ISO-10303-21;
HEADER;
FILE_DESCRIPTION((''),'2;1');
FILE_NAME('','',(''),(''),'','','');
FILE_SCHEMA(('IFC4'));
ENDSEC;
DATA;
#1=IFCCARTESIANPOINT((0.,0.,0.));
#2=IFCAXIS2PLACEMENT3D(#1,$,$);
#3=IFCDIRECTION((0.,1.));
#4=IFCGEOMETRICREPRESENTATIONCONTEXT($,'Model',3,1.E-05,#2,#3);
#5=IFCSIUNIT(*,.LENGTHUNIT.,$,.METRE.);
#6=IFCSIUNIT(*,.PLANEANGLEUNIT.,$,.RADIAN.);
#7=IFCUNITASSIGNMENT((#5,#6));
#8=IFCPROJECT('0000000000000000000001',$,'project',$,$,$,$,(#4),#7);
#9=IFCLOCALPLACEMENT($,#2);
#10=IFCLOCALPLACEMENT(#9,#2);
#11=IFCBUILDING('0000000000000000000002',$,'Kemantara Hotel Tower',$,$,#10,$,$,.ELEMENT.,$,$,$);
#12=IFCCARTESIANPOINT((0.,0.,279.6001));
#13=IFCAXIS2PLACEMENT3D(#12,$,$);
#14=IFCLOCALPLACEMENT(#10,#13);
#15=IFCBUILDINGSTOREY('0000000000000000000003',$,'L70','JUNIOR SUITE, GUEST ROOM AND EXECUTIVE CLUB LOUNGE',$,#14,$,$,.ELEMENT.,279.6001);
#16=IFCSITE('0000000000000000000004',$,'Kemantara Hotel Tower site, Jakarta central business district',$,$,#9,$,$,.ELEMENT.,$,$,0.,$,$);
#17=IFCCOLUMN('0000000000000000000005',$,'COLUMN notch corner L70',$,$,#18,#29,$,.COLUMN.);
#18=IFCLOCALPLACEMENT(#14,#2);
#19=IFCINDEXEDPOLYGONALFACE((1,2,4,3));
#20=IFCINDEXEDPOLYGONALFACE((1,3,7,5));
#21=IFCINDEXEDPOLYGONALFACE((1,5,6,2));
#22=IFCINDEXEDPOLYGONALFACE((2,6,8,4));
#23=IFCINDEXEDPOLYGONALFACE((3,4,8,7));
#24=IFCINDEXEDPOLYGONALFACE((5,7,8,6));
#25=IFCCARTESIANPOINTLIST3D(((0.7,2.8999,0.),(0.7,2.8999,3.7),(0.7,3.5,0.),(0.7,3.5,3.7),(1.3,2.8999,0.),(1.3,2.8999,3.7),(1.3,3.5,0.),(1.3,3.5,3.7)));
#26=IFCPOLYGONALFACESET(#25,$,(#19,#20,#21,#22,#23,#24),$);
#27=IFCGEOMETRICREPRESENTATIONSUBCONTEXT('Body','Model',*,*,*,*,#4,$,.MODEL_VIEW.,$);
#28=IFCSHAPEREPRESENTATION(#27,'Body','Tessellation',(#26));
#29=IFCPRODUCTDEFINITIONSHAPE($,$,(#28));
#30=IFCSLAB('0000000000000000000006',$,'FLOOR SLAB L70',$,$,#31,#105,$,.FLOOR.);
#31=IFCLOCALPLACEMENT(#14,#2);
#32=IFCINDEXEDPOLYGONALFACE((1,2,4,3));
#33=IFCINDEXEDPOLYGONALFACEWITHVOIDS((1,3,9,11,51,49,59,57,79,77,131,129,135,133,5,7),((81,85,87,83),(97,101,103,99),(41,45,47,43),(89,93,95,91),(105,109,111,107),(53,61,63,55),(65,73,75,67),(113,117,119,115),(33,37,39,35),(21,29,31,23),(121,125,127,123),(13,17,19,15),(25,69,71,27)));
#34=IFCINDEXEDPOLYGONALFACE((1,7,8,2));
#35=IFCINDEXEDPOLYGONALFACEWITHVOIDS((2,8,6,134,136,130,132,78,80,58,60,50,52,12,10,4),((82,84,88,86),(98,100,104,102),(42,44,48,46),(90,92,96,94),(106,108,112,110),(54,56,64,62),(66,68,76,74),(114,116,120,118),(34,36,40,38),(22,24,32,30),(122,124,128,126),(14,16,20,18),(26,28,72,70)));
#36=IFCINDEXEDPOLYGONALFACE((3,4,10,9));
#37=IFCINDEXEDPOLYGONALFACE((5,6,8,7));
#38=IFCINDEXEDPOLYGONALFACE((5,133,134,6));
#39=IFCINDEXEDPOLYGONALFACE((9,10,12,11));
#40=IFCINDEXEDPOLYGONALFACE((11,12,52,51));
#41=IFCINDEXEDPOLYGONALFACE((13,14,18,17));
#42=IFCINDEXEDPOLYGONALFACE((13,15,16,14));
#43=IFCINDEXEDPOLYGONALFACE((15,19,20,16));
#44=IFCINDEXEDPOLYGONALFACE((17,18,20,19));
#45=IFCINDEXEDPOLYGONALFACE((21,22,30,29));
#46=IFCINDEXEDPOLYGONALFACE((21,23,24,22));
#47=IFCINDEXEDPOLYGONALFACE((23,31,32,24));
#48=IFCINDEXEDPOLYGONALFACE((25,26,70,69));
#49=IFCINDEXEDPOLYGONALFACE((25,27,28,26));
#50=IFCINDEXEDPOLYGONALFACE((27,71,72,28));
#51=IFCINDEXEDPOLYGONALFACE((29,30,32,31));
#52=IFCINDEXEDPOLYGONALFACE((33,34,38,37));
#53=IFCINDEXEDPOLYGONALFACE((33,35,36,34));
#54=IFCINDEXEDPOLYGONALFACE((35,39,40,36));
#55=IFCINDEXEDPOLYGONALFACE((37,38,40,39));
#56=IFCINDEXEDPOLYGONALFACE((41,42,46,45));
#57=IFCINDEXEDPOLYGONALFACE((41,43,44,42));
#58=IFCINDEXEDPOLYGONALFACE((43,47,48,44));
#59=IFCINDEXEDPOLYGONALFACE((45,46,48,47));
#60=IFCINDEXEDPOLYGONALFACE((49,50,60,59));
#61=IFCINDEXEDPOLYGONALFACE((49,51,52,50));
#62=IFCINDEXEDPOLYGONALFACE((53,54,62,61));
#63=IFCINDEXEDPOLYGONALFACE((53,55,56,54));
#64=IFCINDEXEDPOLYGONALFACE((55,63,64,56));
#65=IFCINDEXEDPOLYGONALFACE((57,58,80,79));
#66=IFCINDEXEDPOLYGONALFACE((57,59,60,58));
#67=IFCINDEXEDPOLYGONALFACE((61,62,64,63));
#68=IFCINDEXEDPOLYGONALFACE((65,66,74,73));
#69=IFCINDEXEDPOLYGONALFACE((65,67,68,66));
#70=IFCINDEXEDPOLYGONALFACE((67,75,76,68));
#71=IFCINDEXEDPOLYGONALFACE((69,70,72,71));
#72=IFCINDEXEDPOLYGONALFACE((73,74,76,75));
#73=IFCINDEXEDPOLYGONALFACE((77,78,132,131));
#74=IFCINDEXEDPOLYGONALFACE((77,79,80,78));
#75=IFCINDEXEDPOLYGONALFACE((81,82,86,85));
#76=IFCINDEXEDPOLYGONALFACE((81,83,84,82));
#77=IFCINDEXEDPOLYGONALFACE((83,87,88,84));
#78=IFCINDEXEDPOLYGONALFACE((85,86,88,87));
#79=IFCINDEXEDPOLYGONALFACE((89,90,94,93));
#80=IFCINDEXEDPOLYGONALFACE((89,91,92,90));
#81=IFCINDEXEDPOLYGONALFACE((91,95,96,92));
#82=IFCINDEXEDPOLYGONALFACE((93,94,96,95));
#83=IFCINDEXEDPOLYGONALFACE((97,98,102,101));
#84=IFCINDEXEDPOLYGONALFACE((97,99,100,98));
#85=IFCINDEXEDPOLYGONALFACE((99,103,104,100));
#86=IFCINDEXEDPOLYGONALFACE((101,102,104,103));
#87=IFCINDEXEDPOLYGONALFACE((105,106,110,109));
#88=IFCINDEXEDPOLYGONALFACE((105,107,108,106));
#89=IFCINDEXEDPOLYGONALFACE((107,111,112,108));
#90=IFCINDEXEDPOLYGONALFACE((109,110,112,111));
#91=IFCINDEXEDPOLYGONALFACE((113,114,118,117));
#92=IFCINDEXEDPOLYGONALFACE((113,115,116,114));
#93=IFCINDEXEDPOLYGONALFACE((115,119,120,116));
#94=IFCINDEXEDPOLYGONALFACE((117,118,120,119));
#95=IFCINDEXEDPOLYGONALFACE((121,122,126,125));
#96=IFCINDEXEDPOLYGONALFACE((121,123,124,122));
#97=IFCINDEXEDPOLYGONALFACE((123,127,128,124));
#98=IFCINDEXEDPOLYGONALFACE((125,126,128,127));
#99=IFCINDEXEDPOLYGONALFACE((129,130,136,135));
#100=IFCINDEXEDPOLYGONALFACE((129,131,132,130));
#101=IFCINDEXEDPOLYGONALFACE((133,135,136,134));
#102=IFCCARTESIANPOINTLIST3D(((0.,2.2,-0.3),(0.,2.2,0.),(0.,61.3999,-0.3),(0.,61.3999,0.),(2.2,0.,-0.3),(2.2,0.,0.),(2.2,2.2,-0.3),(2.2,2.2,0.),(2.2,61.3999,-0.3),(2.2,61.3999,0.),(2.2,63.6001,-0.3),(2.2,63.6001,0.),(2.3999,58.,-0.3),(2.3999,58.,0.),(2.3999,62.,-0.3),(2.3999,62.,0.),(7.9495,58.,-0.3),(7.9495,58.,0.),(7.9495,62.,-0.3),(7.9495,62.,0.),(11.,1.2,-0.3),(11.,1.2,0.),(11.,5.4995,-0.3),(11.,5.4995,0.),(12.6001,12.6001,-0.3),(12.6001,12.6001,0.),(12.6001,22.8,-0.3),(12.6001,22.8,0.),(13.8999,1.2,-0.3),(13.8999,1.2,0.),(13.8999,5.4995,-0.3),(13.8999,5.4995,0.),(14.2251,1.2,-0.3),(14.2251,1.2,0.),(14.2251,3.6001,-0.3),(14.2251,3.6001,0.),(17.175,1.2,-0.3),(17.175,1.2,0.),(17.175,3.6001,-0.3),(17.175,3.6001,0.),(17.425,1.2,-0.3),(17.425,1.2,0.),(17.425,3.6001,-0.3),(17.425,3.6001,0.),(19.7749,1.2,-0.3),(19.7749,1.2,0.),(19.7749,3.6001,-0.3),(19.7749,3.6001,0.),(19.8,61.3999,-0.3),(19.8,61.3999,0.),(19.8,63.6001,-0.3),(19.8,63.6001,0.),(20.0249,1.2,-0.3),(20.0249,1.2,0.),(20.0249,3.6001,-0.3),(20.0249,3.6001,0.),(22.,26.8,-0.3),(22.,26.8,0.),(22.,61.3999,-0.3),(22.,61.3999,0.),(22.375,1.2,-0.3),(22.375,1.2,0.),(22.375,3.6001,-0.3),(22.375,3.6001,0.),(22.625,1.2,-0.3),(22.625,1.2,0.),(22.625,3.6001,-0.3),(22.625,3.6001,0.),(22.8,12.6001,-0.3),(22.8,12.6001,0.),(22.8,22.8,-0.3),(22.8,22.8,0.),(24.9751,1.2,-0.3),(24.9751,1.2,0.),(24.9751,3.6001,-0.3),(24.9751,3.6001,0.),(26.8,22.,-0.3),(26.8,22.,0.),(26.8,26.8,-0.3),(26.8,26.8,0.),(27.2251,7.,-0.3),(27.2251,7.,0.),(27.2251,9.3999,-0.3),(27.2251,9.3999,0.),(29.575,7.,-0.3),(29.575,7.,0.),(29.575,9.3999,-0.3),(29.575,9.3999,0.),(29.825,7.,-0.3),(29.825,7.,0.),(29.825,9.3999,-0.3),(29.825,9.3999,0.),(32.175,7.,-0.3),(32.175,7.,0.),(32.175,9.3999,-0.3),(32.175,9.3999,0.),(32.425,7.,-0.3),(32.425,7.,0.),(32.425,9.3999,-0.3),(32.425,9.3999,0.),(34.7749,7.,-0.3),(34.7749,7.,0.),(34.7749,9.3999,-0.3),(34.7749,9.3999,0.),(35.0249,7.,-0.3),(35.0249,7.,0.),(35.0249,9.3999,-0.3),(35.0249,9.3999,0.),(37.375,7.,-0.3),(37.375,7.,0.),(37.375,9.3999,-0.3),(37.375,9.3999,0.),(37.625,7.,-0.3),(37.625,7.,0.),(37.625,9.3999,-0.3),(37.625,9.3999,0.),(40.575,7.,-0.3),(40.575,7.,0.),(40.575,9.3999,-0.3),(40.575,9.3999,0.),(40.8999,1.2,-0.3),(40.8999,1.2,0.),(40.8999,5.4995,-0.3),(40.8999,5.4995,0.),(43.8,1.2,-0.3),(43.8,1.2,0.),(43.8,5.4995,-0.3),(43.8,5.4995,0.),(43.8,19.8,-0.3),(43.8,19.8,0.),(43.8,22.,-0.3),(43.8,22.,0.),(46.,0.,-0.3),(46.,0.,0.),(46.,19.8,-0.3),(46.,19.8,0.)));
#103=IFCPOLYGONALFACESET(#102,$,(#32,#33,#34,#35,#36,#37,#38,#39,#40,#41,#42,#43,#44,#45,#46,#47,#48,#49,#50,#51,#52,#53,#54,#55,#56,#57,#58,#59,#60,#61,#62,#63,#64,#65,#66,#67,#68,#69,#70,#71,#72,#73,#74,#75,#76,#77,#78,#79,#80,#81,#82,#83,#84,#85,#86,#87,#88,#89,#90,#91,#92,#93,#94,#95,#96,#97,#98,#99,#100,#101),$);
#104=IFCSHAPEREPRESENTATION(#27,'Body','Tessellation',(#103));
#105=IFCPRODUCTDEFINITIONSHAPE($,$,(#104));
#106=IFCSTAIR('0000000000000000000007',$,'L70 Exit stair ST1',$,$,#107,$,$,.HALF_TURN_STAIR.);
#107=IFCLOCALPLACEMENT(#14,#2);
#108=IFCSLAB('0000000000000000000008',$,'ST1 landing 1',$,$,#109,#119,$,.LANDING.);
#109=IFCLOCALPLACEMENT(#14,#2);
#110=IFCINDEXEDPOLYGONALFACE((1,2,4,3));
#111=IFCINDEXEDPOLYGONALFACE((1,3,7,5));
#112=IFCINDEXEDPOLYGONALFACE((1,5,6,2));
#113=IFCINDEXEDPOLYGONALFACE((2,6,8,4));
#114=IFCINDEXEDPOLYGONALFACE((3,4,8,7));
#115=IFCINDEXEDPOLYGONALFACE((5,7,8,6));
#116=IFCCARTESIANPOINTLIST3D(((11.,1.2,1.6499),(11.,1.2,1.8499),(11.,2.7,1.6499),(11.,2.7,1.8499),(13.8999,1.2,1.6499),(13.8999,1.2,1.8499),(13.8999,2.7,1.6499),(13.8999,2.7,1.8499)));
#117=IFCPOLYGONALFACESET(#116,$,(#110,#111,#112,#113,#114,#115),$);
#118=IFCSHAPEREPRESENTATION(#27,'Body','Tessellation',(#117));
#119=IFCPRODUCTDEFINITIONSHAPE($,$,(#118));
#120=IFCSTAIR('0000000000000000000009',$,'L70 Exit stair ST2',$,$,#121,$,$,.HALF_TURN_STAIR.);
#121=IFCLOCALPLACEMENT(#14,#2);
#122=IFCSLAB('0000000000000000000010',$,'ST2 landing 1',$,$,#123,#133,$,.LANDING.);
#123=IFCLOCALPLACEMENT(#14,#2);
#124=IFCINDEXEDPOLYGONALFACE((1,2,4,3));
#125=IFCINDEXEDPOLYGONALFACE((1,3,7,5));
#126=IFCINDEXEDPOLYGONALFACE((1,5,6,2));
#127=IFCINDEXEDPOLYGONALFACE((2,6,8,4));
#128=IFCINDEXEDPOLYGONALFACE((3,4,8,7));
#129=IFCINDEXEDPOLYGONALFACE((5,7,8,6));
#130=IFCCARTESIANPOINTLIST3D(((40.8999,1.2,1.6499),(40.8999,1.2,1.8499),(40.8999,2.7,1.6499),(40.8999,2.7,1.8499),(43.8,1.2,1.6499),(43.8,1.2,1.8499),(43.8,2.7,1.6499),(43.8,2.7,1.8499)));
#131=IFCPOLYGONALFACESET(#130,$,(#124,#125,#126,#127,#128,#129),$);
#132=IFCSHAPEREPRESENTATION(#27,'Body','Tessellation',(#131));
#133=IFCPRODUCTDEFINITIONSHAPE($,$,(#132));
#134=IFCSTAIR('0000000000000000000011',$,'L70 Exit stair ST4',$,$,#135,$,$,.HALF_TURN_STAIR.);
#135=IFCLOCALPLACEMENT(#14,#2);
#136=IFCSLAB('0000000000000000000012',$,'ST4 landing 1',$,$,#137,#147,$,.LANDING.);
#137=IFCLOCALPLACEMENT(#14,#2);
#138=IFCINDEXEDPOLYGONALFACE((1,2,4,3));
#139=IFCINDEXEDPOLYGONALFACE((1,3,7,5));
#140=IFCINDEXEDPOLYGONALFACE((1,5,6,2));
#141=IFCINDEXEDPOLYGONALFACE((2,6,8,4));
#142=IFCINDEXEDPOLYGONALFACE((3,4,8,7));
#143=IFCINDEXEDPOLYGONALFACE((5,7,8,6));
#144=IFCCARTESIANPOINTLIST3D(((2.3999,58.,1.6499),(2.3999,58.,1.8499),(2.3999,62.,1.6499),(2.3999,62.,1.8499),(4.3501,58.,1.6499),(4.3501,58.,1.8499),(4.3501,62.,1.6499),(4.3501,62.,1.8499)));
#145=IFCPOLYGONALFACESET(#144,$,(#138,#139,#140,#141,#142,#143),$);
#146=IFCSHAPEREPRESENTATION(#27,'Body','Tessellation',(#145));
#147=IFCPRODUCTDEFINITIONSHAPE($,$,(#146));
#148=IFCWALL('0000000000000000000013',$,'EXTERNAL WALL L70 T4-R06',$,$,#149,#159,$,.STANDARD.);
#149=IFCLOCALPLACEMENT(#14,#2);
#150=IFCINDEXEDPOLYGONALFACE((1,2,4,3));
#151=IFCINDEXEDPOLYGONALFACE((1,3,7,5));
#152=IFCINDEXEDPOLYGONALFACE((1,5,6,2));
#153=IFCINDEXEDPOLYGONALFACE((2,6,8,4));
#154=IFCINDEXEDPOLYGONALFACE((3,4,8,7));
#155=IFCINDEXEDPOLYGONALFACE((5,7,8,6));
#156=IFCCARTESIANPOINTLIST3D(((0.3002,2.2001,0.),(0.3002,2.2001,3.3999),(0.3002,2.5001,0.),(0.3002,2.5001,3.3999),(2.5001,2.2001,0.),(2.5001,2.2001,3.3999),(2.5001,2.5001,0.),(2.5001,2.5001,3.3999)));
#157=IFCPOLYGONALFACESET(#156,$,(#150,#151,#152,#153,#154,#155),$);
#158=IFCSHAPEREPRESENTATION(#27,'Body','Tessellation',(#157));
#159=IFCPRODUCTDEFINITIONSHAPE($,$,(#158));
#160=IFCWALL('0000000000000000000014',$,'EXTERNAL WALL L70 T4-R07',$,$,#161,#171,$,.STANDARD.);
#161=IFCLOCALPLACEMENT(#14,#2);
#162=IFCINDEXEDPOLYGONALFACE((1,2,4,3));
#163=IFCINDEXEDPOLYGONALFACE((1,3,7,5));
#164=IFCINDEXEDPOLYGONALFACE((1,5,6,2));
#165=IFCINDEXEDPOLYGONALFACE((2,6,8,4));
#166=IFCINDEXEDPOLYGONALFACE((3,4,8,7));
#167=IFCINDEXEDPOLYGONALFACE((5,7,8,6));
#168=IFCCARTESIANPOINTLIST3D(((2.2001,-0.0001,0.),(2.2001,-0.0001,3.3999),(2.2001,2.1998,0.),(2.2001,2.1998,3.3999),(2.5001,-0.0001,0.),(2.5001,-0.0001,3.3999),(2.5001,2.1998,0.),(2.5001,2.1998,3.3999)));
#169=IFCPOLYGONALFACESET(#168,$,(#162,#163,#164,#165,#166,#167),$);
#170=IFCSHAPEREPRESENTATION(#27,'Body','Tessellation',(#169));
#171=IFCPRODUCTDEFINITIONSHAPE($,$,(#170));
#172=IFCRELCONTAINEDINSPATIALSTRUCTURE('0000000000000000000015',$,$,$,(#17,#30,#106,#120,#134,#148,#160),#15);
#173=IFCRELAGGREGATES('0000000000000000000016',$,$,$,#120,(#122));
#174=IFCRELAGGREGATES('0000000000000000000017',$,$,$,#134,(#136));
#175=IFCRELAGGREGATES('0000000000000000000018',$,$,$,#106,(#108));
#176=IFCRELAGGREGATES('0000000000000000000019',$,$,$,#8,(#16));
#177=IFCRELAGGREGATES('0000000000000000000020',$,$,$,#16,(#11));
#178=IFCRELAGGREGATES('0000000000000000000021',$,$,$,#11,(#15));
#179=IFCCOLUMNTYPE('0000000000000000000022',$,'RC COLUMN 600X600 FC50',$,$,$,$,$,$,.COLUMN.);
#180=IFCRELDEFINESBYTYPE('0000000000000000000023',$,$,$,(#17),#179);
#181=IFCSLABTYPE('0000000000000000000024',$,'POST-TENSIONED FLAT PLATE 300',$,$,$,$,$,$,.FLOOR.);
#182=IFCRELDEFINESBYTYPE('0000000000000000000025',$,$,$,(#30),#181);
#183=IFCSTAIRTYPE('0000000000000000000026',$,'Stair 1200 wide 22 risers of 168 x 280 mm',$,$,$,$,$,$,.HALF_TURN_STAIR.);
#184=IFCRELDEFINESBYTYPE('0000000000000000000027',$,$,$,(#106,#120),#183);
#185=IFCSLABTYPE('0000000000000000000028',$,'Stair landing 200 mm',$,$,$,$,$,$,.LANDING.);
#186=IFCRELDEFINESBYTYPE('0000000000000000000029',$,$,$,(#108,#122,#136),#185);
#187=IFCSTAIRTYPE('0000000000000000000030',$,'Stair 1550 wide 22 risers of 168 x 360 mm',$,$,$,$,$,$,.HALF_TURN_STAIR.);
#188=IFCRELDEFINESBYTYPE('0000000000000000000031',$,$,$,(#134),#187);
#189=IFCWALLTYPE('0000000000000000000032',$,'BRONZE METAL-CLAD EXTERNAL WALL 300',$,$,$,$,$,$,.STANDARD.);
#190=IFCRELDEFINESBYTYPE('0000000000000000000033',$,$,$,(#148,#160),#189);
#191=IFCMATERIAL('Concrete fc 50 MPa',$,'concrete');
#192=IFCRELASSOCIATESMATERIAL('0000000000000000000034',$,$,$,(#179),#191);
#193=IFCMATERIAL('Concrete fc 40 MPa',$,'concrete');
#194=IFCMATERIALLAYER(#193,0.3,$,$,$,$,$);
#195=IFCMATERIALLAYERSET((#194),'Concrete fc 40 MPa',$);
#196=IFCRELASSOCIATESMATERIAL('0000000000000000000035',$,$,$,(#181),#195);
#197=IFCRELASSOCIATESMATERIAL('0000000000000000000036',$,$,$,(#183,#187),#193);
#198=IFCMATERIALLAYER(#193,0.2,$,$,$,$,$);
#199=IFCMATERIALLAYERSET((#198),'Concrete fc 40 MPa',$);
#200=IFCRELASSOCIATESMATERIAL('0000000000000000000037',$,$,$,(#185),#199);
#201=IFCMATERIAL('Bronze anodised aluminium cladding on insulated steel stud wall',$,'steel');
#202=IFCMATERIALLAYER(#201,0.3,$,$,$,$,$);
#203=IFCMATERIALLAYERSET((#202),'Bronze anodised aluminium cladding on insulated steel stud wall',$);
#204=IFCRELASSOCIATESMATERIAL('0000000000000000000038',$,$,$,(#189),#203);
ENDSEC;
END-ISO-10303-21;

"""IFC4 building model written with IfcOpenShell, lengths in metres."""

from ifc_helpers import new_model, si_unit, direction, frame, frame_2d, origin, origin_2d, place, context, subcontext, project, spatial, polyline, rectangle, outline, extrude, material, layer, layer_set, material_profile, profile_set, type_object, element, aggregate, save


model = new_model("IFC4")

# Units and contexts
model_context = context("Model", 3, precision=1e-05, world=origin(), true_north=direction((0.0, 1.0)))
body_context = subcontext(model_context, "Body", "Model", "MODEL_VIEW")
ifc_project = project(units=[si_unit("LENGTHUNIT", "METRE"), si_unit("PLANEANGLEUNIT", "RADIAN")], contexts=[model_context])

# Site, building, storey
site_placement = place(None, origin())
site = spatial("IfcSite", under=ifc_project, at=site_placement, Name="Kemantara Hotel Tower site, Jakarta central business district", CompositionType="ELEMENT", RefElevation=0.0)
building_placement = place(site_placement, origin())
building = spatial("IfcBuilding", under=site, at=building_placement, Name="Kemantara Hotel Tower", CompositionType="ELEMENT")
storey_placement = place(building_placement, frame((0.0, 0.0, 279.6001)))
storey = spatial("IfcBuildingStorey", under=building, at=storey_placement, Name="L70", Description="JUNIOR SUITE, GUEST ROOM AND EXECUTIVE CLUB LOUNGE", CompositionType="ELEMENT", Elevation=279.6001)

# Column
ifc_material_1 = material(Name="Concrete fc 50 MPa", Category="concrete")
ifc_material_profile = material_profile(ifc_material_1, rectangle(XDim=0.6001, YDim=0.6001, at=origin_2d()), Name="RC 600X600")
ifc_profile_set = profile_set([ifc_material_profile], Name="Concrete fc 50 MPa")
column_type = type_object("IfcColumnType", Name="RC COLUMN 600X600 FC50", PredefinedType="COLUMN", material=ifc_profile_set)
column_placement = place(storey_placement, frame((1.0, 3.2, 0.0), z_axis=(0.0, 0.0, 1.0), x_axis=(1.0, 0.0, 0.0)))
element("IfcColumn", 1, at=column_placement, inside=storey, type_object=column_type, Name="COLUMN notch corner L70", PredefinedType="COLUMN", context=body_context, shape_type="SweptSolid", body=[
    extrude(rectangle(XDim=0.6001, YDim=0.6001, at=origin_2d()), origin(), (0.0, 0.0, 1.0), 3.7),
])

# Slab
ifc_material_2 = material(Name="Concrete fc 40 MPa", Category="concrete")
ifc_layer_1 = layer(ifc_material_2, 0.3)
ifc_layer_set_1 = layer_set([ifc_layer_1], Name="Concrete fc 40 MPa")
slab_type_1 = type_object("IfcSlabType", Name="POST-TENSIONED FLAT PLATE 300", PredefinedType="FLOOR", material=ifc_layer_set_1)
slab_1_placement = place(storey_placement, frame((0.0, 0.0, -0.3)))
element("IfcSlab", 2, at=slab_1_placement, inside=storey, type_object=slab_type_1, Name="FLOOR SLAB L70", PredefinedType="FLOOR", context=body_context, shape_type="SweptSolid", body=[
    extrude(outline(polyline([(22.0, 26.8), (22.0, 61.3999), (19.8, 61.3999), (19.8, 63.6001), (2.2, 63.6001), (2.2, 61.3999), (0.0, 61.3999), (0.0, 2.2), (2.2, 2.2), (2.2, 0.0), (46.0, 0.0), (46.0, 19.8), (43.8, 19.8), (43.8, 22.0), (26.8, 22.0), (26.8, 26.8), (22.0, 26.8)]), holes=[polyline([(17.175, 3.6001), (17.175, 1.2), (14.2251, 1.2), (14.2251, 3.6001), (17.175, 3.6001)]), polyline([(19.7749, 1.2), (17.425, 1.2), (17.425, 3.6001), (19.7749, 3.6001), (19.7749, 1.2)]), polyline([(22.375, 1.2), (20.0249, 1.2), (20.0249, 3.6001), (22.375, 3.6001), (22.375, 1.2)]), polyline([(24.9751, 3.6001), (24.9751, 1.2), (22.625, 1.2), (22.625, 3.6001), (24.9751, 3.6001)]), polyline([(11.0, 1.2), (11.0, 5.4995), (13.8999, 5.4995), (13.8999, 1.2), (11.0, 1.2)]), polyline([(22.8, 12.6001), (12.6001, 12.6001), (12.6001, 22.8), (22.8, 22.8), (22.8, 12.6001)]), polyline([(2.3999, 58.0), (2.3999, 62.0), (7.9495, 62.0), (7.9495, 58.0), (2.3999, 58.0)]), polyline([(40.8999, 1.2), (40.8999, 5.4995), (43.8, 5.4995), (43.8, 1.2), (40.8999, 1.2)]), polyline([(29.575, 7.0), (27.2251, 7.0), (27.2251, 9.3999), (29.575, 9.3999), (29.575, 7.0)]), polyline([(32.175, 7.0), (29.825, 7.0), (29.825, 9.3999), (32.175, 9.3999), (32.175, 7.0)]), polyline([(34.7749, 7.0), (32.425, 7.0), (32.425, 9.3999), (34.7749, 9.3999), (34.7749, 7.0)]), polyline([(37.375, 7.0), (35.0249, 7.0), (35.0249, 9.3999), (37.375, 9.3999), (37.375, 7.0)]), polyline([(40.575, 7.0), (37.625, 7.0), (37.625, 9.3999), (40.575, 9.3999), (40.575, 7.0)])]), origin(), (0.0, 0.0, 1.0), 0.3),
])

# Stairs, slabs
stair_type_1 = type_object("IfcStairType", Name="Stair 1200 wide 22 risers of 168 x 280 mm", PredefinedType="HALF_TURN_STAIR", material=ifc_material_2)
stair_1_placement = place(storey_placement, origin())
stair_1 = element("IfcStair", 3, at=stair_1_placement, inside=storey, type_object=stair_type_1, Name="L70 Exit stair ST1", PredefinedType="HALF_TURN_STAIR")
ifc_layer_2 = layer(ifc_material_2, 0.2)
ifc_layer_set_2 = layer_set([ifc_layer_2], Name="Concrete fc 40 MPa")
slab_type_2 = type_object("IfcSlabType", Name="Stair landing 200 mm", PredefinedType="LANDING", material=ifc_layer_set_2)
slab_2_placement = place(storey_placement, frame((0.0, 0.0, 1.6499)))
slab_2 = element("IfcSlab", 4, at=slab_2_placement, type_object=slab_type_2, Name="ST1 landing 1", PredefinedType="LANDING", context=body_context, shape_type="SweptSolid", body=[
    extrude(outline(polyline([(11.0, 2.7), (11.0, 1.2), (13.8999, 1.2), (13.8999, 2.7), (11.0, 2.7)])), origin(), (0.0, 0.0, 1.0), 0.2),
])
stair_2_placement = place(storey_placement, origin())
stair_2 = element("IfcStair", 5, at=stair_2_placement, inside=storey, type_object=stair_type_1, Name="L70 Exit stair ST2", PredefinedType="HALF_TURN_STAIR")
slab_3_placement = place(storey_placement, frame((0.0, 0.0, 1.6499)))
slab_3 = element("IfcSlab", 6, at=slab_3_placement, type_object=slab_type_2, Name="ST2 landing 1", PredefinedType="LANDING", context=body_context, shape_type="SweptSolid", body=[
    extrude(outline(polyline([(40.8999, 2.7), (40.8999, 1.2), (43.8, 1.2), (43.8, 2.7), (40.8999, 2.7)])), origin(), (0.0, 0.0, 1.0), 0.2),
])
aggregate(stair_2, [slab_3])
stair_type_2 = type_object("IfcStairType", Name="Stair 1550 wide 22 risers of 168 x 360 mm", PredefinedType="HALF_TURN_STAIR", material=ifc_material_2)
stair_3_placement = place(storey_placement, origin())
stair_3 = element("IfcStair", 7, at=stair_3_placement, inside=storey, type_object=stair_type_2, Name="L70 Exit stair ST4", PredefinedType="HALF_TURN_STAIR")
slab_4_placement = place(storey_placement, frame((0.0, 0.0, 1.6499)))
slab_4 = element("IfcSlab", 8, at=slab_4_placement, type_object=slab_type_2, Name="ST4 landing 1", PredefinedType="LANDING", context=body_context, shape_type="SweptSolid", body=[
    extrude(outline(polyline([(4.3501, 62.0), (2.3999, 62.0), (2.3999, 58.0), (4.3501, 58.0), (4.3501, 62.0)])), origin(), (0.0, 0.0, 1.0), 0.2),
])
aggregate(stair_3, [slab_4])

# Walls
ifc_material_3 = material(Name="Bronze anodised aluminium cladding on insulated steel stud wall", Category="steel")
ifc_layer_3 = layer(ifc_material_3, 0.3)
ifc_layer_set_3 = layer_set([ifc_layer_3], Name="Bronze anodised aluminium cladding on insulated steel stud wall")
wall_type_1 = type_object("IfcWallType", Name="BRONZE METAL-CLAD EXTERNAL WALL 300", PredefinedType="STANDARD", material=ifc_layer_set_3)
for number, where, z_axis, x_axis, name in (
    (9, (0.3, 2.3501, 0.0), (0.0, 0.0, 1.0), (1.0, 0.0, 0.0), "EXTERNAL WALL L70 T4-R06"),
    (10, (2.3501, 2.2, 0.0), (0.0, 0.0, 1.0), (0.0, -1.0, 0.0), "EXTERNAL WALL L70 T4-R07"),
):
    element("IfcWall", number, at=place(storey_placement, frame(where, z_axis=z_axis, x_axis=x_axis)), inside=storey, type_object=wall_type_1, Name=name, PredefinedType="STANDARD", context=body_context, shape_type="SweptSolid", body=[
        extrude(rectangle(XDim=2.2, YDim=0.3, at=frame_2d((1.1001, 0.0))), origin(), (0.0, 0.0, 1.0), 3.3999),
    ])

aggregate(stair_1, [slab_2])

save(model, "model.ifc")
